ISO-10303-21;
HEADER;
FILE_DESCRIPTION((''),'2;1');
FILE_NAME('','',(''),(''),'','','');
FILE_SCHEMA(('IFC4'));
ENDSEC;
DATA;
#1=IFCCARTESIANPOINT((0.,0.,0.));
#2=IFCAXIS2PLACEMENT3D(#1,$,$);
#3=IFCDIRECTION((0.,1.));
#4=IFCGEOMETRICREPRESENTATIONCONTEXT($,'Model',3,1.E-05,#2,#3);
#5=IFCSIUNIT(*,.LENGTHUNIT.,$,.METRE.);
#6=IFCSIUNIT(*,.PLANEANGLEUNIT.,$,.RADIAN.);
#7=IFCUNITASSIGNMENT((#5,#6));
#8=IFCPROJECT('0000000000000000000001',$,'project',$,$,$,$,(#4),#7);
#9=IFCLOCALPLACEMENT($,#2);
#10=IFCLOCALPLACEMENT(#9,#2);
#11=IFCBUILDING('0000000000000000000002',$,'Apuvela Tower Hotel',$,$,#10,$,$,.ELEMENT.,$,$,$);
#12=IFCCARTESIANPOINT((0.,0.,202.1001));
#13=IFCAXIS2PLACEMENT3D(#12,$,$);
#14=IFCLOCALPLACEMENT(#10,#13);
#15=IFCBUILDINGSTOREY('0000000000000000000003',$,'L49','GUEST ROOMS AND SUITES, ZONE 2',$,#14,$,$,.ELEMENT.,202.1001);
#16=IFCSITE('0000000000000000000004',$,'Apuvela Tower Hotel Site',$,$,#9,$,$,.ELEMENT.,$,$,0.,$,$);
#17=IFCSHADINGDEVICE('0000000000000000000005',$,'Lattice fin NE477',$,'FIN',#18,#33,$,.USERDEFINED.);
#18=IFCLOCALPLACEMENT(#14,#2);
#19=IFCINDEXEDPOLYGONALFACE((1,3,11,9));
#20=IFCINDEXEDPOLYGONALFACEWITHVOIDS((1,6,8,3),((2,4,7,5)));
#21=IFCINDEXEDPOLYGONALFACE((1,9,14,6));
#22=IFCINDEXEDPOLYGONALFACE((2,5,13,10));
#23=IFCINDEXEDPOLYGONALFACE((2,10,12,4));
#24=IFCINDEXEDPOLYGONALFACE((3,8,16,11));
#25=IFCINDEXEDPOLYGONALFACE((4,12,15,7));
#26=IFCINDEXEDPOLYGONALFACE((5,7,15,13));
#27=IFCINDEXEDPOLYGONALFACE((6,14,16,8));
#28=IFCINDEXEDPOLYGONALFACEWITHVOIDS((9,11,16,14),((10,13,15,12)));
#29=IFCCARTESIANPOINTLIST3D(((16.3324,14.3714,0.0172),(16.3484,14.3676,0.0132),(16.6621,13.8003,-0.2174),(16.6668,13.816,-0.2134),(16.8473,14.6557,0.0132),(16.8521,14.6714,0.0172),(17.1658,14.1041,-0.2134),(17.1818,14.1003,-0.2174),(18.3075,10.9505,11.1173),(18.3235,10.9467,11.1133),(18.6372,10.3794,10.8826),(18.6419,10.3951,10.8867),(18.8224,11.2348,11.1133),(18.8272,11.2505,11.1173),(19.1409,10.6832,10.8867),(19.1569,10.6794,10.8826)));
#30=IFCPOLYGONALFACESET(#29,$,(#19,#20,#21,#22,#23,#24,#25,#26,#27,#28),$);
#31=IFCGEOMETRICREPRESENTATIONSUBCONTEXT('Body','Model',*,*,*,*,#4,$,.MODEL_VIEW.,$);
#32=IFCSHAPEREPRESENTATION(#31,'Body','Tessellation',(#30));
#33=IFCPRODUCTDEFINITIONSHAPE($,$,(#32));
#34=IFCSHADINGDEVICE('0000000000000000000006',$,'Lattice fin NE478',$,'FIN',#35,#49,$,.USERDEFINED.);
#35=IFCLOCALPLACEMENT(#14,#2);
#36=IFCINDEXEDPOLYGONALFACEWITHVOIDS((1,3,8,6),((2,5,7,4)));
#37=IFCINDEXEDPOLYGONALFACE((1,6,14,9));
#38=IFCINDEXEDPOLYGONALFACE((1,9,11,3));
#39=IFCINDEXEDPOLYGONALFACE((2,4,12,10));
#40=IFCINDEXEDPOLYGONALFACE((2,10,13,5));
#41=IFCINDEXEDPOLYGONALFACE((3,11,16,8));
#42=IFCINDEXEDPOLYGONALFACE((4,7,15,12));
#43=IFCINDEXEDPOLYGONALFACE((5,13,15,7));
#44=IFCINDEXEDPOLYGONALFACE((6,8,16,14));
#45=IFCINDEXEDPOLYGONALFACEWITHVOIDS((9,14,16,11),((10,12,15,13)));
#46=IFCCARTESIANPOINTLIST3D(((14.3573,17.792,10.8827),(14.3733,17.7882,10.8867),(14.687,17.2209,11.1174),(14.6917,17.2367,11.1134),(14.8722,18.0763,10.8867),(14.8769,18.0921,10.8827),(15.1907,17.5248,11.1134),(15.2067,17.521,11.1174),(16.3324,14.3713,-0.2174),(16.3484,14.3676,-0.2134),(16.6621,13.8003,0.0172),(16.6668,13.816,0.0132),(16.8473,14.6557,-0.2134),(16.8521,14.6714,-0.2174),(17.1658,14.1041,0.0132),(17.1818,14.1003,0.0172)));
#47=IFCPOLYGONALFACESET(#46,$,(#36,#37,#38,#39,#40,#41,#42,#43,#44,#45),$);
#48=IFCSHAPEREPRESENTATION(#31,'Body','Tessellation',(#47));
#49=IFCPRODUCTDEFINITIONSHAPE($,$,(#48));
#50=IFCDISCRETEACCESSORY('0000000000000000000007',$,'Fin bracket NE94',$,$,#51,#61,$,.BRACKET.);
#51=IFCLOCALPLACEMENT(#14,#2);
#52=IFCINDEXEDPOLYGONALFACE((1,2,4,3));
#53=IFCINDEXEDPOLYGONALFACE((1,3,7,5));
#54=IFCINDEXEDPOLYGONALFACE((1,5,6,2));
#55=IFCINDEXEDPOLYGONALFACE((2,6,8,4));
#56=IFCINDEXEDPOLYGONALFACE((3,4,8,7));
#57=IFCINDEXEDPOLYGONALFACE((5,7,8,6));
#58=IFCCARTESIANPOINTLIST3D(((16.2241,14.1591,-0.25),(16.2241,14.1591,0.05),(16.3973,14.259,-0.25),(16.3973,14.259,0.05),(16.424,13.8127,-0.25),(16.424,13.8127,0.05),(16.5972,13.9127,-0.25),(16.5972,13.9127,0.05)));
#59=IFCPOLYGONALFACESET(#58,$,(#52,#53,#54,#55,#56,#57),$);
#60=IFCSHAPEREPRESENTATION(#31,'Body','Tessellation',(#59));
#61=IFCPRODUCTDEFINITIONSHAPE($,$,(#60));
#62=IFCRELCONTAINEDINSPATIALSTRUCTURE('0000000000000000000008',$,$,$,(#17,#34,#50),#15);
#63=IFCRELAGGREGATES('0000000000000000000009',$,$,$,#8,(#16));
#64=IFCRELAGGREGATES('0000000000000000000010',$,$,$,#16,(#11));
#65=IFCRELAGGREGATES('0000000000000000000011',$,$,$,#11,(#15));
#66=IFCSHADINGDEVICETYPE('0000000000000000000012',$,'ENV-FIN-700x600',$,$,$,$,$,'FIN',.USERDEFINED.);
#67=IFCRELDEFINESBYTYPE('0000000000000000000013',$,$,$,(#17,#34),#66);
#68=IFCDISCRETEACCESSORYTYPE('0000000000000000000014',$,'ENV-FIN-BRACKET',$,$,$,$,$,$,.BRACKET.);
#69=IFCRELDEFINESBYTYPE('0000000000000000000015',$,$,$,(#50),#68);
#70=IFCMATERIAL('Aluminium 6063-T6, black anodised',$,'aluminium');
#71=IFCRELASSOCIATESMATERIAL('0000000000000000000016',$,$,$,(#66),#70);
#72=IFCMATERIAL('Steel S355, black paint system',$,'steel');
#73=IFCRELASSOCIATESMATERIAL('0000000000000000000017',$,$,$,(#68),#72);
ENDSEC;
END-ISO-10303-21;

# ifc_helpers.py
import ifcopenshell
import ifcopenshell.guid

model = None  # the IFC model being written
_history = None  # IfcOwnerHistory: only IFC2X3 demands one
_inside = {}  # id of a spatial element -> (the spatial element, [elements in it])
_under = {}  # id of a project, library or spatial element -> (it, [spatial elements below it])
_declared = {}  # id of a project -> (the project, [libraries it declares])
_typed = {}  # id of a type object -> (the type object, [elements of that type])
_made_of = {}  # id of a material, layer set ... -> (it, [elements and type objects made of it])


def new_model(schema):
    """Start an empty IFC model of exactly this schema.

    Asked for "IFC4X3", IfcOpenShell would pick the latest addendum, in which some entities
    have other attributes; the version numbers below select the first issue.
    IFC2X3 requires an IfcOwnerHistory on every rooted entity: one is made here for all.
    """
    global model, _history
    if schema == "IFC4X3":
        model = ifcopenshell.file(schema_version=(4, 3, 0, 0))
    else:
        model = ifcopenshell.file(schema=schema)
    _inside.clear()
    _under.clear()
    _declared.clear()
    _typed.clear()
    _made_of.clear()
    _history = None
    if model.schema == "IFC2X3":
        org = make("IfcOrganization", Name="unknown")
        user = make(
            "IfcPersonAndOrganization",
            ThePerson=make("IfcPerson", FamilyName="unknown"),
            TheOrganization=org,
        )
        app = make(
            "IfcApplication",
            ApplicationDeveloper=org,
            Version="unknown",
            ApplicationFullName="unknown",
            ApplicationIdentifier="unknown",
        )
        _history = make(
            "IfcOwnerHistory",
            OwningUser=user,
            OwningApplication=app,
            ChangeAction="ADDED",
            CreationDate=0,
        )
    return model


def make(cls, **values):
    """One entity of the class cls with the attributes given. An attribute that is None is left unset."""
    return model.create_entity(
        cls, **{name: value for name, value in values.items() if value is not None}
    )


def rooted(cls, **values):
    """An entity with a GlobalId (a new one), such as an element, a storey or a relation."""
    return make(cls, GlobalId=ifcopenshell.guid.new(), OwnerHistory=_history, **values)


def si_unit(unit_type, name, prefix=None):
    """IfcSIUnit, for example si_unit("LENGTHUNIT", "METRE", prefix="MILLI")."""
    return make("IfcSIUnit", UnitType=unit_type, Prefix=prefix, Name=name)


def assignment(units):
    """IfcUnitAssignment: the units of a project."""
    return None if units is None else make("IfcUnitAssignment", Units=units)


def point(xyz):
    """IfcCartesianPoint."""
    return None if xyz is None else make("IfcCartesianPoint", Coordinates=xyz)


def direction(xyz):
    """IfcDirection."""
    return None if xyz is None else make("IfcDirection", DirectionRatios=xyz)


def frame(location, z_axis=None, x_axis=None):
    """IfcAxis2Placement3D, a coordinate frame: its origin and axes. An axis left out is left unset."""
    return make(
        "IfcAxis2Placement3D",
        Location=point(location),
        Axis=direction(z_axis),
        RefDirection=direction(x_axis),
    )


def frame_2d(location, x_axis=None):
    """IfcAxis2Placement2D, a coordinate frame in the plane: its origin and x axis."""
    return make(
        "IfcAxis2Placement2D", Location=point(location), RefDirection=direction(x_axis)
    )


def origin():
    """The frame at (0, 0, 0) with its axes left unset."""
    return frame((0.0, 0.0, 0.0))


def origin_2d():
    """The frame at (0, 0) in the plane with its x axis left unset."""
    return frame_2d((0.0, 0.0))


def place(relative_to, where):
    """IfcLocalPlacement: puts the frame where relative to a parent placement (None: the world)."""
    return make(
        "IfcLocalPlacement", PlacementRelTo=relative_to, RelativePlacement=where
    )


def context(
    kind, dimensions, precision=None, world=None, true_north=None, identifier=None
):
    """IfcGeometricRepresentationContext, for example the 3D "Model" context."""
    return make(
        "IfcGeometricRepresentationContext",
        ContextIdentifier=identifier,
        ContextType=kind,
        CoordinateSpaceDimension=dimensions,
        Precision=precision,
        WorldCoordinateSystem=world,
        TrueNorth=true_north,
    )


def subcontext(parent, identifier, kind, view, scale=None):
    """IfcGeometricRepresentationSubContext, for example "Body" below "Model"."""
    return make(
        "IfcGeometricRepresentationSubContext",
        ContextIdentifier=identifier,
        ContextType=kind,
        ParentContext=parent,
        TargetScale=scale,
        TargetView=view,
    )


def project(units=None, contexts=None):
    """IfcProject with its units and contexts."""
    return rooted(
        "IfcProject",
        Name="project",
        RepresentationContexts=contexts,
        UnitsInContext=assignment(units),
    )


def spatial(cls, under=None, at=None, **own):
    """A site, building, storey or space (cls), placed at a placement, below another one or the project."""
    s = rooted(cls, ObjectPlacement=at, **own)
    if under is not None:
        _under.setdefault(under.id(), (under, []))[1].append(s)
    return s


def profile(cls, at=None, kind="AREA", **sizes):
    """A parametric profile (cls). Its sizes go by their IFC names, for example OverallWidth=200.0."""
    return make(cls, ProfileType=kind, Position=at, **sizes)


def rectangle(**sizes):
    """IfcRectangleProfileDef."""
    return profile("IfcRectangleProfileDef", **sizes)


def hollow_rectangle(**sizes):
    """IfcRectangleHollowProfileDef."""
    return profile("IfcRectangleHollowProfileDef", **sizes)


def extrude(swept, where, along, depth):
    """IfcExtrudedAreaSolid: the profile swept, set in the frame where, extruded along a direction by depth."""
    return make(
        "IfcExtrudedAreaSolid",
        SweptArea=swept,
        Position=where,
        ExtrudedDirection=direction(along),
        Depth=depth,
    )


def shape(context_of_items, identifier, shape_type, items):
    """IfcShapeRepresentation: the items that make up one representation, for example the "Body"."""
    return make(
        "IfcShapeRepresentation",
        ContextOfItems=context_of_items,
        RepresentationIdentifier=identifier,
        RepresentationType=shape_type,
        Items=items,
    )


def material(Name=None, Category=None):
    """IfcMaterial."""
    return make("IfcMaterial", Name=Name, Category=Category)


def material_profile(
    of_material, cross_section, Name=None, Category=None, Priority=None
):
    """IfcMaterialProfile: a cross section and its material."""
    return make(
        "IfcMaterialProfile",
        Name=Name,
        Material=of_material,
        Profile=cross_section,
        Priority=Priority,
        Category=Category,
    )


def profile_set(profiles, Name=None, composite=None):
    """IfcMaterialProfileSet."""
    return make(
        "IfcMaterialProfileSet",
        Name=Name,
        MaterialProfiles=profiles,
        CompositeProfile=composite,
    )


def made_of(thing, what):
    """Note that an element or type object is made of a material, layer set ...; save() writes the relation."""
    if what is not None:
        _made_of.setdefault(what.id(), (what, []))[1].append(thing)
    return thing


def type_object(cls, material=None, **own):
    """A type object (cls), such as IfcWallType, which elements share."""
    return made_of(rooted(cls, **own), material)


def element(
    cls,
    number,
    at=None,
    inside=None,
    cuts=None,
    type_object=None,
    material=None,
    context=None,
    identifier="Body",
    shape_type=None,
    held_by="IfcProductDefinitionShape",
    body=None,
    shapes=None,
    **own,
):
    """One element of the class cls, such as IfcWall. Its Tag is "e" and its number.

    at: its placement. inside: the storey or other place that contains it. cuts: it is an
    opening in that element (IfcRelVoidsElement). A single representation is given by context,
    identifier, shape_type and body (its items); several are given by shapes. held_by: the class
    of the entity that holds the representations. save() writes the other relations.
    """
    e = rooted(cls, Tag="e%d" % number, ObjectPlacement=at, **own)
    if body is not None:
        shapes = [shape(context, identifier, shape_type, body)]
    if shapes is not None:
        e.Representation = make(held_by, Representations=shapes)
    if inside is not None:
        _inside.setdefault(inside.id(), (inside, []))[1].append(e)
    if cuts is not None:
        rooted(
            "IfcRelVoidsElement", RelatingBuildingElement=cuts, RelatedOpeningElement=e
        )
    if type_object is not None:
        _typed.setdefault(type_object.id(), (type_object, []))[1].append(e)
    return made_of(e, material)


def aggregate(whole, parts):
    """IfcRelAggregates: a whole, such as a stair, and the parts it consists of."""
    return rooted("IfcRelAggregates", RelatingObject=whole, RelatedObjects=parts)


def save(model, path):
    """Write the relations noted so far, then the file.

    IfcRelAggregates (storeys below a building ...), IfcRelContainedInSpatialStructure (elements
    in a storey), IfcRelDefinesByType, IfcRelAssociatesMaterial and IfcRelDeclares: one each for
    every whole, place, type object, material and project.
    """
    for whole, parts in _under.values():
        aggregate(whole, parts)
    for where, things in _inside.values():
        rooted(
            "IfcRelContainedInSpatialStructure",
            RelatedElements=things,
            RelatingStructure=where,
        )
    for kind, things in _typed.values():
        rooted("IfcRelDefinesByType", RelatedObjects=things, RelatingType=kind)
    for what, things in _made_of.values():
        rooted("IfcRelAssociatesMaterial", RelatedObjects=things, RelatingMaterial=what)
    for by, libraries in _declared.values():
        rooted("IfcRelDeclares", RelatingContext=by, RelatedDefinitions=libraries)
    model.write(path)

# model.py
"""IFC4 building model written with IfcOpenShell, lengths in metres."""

from ifc_helpers import new_model, si_unit, direction, frame, origin, origin_2d, place, context, subcontext, project, spatial, rectangle, hollow_rectangle, extrude, material, material_profile, profile_set, type_object, element, save


model = new_model("IFC4")

# Units and contexts
model_context = context("Model", 3, precision=1e-05, world=origin(), true_north=direction((0.0, 1.0)))
body_context = subcontext(model_context, "Body", "Model", "MODEL_VIEW")
ifc_project = project(units=[si_unit("LENGTHUNIT", "METRE"), si_unit("PLANEANGLEUNIT", "RADIAN")], contexts=[model_context])

# Site, building, storey
site_placement = place(None, origin())
site = spatial("IfcSite", under=ifc_project, at=site_placement, Name="Apuvela Tower Hotel Site", CompositionType="ELEMENT", RefElevation=0.0)
building_placement = place(site_placement, origin())
building = spatial("IfcBuilding", under=site, at=building_placement, Name="Apuvela Tower Hotel", CompositionType="ELEMENT")
storey_placement = place(building_placement, frame((0.0, 0.0, 202.1001)))
storey = spatial("IfcBuildingStorey", under=building, at=storey_placement, Name="L49", Description="GUEST ROOMS AND SUITES, ZONE 2", CompositionType="ELEMENT", Elevation=202.1001)

# Shading devices
ifc_material_1 = material(Name="Aluminium 6063-T6, black anodised", Category="aluminium")
ifc_material_profile_1 = material_profile(ifc_material_1, hollow_rectangle(XDim=0.6001, YDim=0.7, WallThickness=0.012, at=origin_2d()), Name="AL BOX 700x600x12")
ifc_profile_set_1 = profile_set([ifc_material_profile_1], Name="Aluminium 6063-T6, black anodised")
shading_device_type = type_object("IfcShadingDeviceType", Name="ENV-FIN-700x600", ElementType="FIN", PredefinedType="USERDEFINED", material=ifc_profile_set_1)
for number, where, z_axis, x_axis, name in (
    (1, (16.7571, 14.2358, -0.1001), (0.167637, -0.290349, 0.942123), (0.866021, 0.500008, 0.0), "Lattice fin NE477"),
    (2, (16.7571, 14.2358, -0.1001), (-0.167638, 0.29033, 0.942128), (-0.866005, -0.500035, 0.0), "Lattice fin NE478"),
):
    element("IfcShadingDevice", number, at=place(storey_placement, frame(where, z_axis=z_axis, x_axis=x_axis)), inside=storey, type_object=shading_device_type, Name=name, ObjectType="FIN", PredefinedType="USERDEFINED", context=body_context, shape_type="SweptSolid", body=[
        extrude(hollow_rectangle(XDim=0.6001, YDim=0.7, WallThickness=0.012, at=origin_2d()), origin(), (0.0, 0.0, 1.0), 11.782),
    ])

# Discrete accessory
ifc_material_2 = material(Name="Steel S355, black paint system", Category="steel")
discrete_accessory_type = type_object("IfcDiscreteAccessoryType", Name="ENV-FIN-BRACKET", PredefinedType="BRACKET", material=ifc_material_2)
discrete_accessory_placement = place(storey_placement, frame((16.4106, 14.0359, -0.25), z_axis=(0.0, 0.0, 1.0), x_axis=(-0.5, 0.866025, 0.0)))
element("IfcDiscreteAccessory", 3, at=discrete_accessory_placement, inside=storey, type_object=discrete_accessory_type, Name="Fin bracket NE94", PredefinedType="BRACKET", context=body_context, shape_type="SweptSolid", body=[
    extrude(rectangle(XDim=0.3999, YDim=0.2, at=origin_2d()), origin(), (0.0, 0.0, 1.0), 0.3),
])

save(model, "model.ifc")
